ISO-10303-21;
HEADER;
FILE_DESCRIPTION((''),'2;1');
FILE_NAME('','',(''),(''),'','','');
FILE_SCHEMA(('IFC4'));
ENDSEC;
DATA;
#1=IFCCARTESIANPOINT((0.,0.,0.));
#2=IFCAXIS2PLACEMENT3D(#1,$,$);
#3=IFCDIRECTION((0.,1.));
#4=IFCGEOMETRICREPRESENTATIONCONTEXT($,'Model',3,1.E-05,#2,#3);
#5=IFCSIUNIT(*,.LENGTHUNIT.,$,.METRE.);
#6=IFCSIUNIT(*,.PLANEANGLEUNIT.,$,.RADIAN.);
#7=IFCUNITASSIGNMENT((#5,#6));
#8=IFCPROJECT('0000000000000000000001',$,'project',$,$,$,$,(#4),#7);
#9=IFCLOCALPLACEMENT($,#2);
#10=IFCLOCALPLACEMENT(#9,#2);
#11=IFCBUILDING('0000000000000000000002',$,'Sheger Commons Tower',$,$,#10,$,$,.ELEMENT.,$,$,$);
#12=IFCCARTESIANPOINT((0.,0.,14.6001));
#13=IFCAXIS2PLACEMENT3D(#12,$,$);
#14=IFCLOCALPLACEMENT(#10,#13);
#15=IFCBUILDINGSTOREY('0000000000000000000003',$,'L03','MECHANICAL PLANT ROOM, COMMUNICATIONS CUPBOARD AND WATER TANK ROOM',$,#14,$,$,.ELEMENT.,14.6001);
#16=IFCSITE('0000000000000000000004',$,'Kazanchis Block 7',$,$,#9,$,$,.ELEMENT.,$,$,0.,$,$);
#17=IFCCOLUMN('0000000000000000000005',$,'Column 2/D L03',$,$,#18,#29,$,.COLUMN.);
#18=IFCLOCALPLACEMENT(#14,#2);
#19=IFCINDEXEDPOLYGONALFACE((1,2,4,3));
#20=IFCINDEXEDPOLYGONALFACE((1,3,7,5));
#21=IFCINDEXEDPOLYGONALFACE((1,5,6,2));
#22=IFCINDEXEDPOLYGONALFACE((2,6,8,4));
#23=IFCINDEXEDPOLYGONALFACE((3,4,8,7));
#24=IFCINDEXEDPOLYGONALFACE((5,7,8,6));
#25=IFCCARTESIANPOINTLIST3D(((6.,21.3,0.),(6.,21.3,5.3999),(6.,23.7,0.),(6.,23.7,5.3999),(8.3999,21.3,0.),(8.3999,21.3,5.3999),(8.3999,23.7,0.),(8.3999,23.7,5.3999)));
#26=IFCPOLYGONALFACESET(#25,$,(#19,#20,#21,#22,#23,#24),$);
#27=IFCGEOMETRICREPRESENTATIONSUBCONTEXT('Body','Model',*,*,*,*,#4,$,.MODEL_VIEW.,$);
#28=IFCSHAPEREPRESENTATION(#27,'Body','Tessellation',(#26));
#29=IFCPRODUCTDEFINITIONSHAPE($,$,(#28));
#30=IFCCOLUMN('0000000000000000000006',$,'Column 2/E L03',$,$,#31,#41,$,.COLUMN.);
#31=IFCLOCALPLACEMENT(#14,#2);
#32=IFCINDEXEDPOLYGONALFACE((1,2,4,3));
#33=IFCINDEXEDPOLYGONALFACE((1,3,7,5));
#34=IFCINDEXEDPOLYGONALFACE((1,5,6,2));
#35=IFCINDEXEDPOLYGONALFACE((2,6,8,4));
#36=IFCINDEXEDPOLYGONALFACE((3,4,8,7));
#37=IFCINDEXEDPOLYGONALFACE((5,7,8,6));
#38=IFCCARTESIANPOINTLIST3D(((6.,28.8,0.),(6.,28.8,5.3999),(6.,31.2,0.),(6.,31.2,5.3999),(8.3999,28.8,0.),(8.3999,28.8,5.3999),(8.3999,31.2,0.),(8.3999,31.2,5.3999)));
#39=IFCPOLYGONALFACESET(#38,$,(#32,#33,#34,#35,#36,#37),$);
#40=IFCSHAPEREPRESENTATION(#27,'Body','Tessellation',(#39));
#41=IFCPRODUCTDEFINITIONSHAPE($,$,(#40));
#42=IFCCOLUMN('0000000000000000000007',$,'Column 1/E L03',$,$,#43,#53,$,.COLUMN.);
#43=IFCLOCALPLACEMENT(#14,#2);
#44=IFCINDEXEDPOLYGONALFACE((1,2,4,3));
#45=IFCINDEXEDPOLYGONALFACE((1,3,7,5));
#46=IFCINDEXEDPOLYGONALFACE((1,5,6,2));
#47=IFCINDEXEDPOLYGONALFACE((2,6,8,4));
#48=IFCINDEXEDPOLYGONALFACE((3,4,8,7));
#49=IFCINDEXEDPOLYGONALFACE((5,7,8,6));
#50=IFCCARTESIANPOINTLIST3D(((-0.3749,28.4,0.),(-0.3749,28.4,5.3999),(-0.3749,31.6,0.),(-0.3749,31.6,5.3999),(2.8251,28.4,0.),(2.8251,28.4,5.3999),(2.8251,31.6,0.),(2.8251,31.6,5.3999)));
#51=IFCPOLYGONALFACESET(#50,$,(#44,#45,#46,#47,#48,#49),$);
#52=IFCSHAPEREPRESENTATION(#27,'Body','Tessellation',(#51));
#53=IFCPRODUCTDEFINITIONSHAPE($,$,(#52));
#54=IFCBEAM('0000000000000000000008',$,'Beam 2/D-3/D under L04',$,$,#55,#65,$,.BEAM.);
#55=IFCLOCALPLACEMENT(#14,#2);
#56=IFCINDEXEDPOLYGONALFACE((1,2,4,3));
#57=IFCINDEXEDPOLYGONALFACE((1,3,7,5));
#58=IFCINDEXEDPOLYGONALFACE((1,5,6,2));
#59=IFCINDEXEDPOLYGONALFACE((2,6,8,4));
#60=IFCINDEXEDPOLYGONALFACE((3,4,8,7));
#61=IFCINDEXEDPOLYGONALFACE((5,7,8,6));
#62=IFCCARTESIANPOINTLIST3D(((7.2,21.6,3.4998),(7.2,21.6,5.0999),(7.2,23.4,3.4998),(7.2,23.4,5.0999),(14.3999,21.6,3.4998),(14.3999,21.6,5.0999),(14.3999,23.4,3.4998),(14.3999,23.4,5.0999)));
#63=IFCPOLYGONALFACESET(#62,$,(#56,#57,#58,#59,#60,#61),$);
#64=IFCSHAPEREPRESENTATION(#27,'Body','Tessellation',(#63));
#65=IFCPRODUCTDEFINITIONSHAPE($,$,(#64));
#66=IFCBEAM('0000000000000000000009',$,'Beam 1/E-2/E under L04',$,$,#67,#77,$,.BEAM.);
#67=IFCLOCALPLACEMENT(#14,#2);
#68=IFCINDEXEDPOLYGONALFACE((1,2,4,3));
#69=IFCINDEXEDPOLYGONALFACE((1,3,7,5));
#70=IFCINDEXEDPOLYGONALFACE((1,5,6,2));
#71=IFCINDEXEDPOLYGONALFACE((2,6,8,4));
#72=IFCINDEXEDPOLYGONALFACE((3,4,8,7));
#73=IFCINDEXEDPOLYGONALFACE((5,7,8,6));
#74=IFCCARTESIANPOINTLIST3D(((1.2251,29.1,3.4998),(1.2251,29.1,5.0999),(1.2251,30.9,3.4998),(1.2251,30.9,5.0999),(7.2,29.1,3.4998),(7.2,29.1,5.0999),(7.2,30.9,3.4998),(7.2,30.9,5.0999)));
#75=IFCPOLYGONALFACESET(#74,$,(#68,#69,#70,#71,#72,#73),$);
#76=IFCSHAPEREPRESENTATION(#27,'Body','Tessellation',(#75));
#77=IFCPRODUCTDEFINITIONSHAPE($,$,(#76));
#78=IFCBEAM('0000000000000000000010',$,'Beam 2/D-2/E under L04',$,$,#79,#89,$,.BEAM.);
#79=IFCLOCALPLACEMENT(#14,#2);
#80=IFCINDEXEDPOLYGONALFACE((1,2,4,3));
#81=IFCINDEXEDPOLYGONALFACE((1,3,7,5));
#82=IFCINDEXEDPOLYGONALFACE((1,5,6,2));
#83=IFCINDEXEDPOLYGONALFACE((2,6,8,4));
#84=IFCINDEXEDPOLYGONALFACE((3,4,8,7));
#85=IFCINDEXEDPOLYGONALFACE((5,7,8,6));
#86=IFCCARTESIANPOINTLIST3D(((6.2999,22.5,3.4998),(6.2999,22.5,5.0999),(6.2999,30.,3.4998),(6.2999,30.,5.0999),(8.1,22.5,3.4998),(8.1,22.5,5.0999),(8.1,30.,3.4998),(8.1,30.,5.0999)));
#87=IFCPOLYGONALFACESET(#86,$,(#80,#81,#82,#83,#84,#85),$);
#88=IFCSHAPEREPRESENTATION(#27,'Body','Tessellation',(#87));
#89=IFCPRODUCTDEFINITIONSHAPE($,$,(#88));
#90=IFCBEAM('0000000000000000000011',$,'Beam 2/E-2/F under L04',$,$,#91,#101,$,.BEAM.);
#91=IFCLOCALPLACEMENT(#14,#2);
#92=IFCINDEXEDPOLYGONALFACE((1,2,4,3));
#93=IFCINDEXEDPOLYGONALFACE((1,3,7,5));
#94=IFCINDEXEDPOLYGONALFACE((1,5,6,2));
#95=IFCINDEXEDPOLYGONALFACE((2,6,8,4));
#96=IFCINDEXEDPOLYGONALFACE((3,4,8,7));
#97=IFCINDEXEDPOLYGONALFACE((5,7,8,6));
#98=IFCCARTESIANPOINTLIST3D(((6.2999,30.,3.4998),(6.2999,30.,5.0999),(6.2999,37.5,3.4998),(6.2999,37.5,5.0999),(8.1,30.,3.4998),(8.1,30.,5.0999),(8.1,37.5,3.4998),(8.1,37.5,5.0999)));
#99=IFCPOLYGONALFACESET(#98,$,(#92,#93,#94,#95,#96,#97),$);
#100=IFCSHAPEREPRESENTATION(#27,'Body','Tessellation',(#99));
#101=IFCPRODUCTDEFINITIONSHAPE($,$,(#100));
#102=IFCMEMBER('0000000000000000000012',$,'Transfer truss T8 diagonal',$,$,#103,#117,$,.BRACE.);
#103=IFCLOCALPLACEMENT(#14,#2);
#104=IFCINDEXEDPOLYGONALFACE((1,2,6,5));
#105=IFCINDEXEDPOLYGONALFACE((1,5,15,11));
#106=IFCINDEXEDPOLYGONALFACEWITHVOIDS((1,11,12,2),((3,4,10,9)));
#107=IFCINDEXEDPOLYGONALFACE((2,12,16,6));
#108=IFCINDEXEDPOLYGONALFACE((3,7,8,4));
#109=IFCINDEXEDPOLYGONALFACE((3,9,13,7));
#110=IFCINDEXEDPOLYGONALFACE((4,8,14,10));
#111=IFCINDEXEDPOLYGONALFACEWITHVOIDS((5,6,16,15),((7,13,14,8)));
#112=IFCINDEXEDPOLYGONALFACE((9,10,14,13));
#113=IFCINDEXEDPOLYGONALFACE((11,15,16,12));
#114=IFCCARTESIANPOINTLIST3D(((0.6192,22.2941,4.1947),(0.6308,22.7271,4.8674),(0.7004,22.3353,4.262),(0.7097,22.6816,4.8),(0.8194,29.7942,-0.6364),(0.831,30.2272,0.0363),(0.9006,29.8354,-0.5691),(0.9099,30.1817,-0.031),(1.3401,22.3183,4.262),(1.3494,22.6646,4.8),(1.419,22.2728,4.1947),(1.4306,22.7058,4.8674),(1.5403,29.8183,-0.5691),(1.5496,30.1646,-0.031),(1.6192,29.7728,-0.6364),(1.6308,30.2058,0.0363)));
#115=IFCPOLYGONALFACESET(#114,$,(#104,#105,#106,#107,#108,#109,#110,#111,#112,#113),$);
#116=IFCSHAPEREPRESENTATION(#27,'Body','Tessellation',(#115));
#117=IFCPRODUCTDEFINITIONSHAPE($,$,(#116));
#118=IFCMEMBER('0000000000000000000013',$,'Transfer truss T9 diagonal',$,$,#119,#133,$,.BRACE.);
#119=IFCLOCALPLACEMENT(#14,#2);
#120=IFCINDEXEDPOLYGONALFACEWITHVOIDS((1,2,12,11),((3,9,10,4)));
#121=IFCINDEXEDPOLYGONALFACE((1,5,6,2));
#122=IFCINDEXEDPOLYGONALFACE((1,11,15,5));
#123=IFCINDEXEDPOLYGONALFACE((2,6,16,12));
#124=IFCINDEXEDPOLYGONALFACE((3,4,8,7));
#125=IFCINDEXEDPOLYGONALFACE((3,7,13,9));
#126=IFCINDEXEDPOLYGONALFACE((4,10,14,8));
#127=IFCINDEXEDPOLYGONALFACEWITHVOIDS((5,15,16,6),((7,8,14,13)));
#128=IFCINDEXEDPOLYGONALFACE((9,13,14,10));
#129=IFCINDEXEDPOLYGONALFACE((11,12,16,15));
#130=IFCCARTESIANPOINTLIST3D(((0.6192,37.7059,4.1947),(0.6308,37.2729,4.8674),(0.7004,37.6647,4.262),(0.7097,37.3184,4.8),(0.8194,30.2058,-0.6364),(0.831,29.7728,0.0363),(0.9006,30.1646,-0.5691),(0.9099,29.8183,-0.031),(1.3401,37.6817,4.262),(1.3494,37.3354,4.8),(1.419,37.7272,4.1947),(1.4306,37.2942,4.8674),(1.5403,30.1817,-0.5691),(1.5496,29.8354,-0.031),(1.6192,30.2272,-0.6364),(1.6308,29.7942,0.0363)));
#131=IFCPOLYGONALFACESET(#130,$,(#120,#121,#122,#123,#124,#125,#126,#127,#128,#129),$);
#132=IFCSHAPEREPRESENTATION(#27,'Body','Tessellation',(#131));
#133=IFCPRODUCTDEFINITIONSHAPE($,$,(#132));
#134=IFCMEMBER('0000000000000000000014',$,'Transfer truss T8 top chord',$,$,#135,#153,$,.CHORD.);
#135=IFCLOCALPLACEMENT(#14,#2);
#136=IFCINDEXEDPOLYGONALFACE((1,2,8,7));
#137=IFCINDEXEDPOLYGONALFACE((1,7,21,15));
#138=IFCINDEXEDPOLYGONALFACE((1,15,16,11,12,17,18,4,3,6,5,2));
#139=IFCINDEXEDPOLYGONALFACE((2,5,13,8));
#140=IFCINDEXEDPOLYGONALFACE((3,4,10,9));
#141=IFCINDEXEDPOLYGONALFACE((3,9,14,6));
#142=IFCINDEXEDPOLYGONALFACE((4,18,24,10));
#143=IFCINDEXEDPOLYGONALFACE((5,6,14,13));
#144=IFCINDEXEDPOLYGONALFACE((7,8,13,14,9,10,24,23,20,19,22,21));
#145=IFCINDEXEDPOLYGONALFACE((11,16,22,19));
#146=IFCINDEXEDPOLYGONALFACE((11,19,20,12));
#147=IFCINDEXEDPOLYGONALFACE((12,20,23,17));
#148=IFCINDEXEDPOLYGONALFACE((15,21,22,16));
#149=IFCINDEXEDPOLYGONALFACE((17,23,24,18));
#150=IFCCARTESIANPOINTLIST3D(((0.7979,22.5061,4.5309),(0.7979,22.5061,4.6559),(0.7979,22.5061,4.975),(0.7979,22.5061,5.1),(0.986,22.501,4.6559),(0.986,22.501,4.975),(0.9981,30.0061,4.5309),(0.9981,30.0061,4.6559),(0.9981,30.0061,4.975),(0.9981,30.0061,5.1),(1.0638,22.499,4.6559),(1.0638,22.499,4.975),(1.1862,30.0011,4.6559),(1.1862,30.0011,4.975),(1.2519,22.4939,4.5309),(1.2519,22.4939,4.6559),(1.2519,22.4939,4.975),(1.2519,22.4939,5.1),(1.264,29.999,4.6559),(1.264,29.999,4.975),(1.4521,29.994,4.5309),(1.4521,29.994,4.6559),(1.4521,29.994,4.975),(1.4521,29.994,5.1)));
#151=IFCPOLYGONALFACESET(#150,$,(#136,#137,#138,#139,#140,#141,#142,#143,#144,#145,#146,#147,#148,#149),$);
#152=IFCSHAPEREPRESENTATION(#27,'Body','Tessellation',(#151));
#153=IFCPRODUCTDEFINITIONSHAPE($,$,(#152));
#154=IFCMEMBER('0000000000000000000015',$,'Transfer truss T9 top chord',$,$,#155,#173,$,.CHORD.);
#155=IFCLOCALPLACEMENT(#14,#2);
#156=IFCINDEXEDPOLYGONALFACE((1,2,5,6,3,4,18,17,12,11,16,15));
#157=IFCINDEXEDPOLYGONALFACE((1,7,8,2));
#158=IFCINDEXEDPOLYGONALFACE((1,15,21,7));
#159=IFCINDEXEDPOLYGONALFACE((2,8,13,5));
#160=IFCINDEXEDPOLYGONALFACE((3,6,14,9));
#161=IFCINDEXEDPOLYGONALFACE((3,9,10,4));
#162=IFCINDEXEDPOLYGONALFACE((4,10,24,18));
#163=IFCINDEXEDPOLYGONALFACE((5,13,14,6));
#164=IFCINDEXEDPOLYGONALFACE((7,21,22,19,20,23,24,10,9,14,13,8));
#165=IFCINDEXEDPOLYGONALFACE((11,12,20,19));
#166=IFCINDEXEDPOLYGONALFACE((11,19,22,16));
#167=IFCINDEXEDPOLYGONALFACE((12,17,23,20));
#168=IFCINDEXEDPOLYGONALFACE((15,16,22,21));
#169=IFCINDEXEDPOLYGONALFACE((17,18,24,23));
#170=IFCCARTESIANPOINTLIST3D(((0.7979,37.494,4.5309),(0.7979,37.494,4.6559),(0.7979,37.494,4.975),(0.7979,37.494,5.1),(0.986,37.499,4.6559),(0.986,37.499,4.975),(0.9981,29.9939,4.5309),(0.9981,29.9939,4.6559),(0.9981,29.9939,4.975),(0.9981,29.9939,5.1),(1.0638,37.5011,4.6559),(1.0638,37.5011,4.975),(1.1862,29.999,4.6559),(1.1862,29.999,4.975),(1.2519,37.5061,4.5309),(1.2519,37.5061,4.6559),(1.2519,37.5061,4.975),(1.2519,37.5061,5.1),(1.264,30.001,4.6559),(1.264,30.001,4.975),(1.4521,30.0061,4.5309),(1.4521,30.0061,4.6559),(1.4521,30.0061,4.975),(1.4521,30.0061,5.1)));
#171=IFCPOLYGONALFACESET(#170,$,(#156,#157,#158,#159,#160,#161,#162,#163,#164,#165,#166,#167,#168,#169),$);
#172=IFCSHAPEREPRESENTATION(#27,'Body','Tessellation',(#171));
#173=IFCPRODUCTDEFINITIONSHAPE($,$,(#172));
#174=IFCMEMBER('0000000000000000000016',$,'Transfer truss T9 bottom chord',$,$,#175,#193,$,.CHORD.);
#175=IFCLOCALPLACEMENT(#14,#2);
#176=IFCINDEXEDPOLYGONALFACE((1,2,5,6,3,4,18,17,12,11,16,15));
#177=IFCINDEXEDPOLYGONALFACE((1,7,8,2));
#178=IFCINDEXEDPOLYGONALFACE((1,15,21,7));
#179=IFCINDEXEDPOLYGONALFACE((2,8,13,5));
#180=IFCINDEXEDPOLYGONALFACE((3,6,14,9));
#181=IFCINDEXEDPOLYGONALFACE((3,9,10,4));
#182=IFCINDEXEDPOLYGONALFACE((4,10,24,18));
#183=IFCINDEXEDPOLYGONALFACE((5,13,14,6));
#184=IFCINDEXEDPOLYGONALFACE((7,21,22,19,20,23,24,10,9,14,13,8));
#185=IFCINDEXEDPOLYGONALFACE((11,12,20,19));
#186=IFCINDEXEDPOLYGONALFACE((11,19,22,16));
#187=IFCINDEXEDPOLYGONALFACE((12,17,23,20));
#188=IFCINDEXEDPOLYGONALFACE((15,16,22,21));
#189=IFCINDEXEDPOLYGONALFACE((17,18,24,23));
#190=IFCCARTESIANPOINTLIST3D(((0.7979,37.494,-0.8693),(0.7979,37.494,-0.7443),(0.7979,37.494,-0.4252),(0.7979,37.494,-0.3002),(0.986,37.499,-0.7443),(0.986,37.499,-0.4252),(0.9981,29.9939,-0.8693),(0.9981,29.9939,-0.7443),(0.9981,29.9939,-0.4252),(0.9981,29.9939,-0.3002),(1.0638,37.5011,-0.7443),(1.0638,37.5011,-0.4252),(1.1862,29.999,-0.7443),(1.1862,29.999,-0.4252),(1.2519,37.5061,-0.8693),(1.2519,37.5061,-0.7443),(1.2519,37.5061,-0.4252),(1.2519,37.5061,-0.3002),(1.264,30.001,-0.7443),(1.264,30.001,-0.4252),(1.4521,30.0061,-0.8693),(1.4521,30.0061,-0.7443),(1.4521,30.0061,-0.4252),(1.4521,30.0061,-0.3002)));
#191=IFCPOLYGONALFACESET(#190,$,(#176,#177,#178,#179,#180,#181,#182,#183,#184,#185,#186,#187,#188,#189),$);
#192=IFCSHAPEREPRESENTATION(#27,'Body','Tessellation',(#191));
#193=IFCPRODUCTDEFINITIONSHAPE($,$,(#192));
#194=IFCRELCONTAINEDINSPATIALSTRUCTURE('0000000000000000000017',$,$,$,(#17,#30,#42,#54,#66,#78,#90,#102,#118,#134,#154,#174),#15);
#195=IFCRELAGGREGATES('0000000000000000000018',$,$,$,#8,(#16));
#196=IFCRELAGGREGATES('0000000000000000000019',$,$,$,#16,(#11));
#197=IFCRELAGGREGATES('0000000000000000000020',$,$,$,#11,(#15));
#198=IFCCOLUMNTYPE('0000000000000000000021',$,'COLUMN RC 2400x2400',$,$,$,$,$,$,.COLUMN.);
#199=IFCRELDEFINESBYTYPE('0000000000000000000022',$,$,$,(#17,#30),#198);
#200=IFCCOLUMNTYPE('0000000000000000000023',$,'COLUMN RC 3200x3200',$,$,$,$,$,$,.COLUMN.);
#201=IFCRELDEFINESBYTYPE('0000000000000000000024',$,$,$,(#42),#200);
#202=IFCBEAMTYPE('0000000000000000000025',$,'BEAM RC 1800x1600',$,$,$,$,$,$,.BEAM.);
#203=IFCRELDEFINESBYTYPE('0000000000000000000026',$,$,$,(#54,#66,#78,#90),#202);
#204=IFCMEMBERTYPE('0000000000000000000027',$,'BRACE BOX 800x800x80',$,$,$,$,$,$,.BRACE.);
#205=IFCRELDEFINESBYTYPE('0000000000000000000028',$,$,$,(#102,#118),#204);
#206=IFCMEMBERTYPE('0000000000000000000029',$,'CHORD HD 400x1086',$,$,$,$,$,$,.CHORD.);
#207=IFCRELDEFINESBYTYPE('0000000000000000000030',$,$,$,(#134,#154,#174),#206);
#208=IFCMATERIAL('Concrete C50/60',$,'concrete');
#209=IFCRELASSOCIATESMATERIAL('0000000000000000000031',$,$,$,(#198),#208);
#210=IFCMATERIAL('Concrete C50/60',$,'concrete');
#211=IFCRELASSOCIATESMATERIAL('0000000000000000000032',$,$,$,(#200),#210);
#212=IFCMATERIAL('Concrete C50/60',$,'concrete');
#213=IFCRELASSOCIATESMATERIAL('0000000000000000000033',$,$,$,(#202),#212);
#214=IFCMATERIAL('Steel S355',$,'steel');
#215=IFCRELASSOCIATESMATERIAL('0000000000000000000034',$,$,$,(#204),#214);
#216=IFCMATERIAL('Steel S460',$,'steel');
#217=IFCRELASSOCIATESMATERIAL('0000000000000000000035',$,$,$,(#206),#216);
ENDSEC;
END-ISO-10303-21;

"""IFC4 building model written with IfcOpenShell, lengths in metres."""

from ifc_helpers import new_model, si_unit, direction, frame, origin, origin_2d, place, context, subcontext, project, spatial, rectangle, hollow_rectangle, i_section, extrude, material, material_profile, profile_set, type_object, element, save


model = new_model("IFC4")

# Units and contexts
model_context = context("Model", 3, precision=1e-05, world=origin(), true_north=direction((0.0, 1.0)))
body_context = subcontext(model_context, "Body", "Model", "MODEL_VIEW")
ifc_project = project(units=[si_unit("LENGTHUNIT", "METRE"), si_unit("PLANEANGLEUNIT", "RADIAN")], contexts=[model_context])

# Site, building, storey
site_placement = place(None, origin())
site = spatial("IfcSite", under=ifc_project, at=site_placement, Name="Kazanchis Block 7", CompositionType="ELEMENT", RefElevation=0.0)
building_placement = place(site_placement, origin())
building = spatial("IfcBuilding", under=site, at=building_placement, Name="Sheger Commons Tower", CompositionType="ELEMENT")
storey_placement = place(building_placement, frame((0.0, 0.0, 14.6001)))
storey = spatial("IfcBuildingStorey", under=building, at=storey_placement, Name="L03", Description="MECHANICAL PLANT ROOM, COMMUNICATIONS CUPBOARD AND WATER TANK ROOM", CompositionType="ELEMENT", Elevation=14.6001)

# Columns
ifc_material_1 = material(Name="Concrete C50/60", Category="concrete")
ifc_material_profile_1 = material_profile(ifc_material_1, rectangle(XDim=2.3999, YDim=2.3999, at=origin_2d()), Name="RC 2400x2400")
ifc_profile_set_1 = profile_set([ifc_material_profile_1], Name="Concrete C50/60")
column_type_1 = type_object("IfcColumnType", Name="COLUMN RC 2400x2400", PredefinedType="COLUMN", material=ifc_profile_set_1)
for number, where, z_axis, x_axis, name in (
    (1, (7.2, 22.5, 0.0), (0.0, 0.0, 1.0), (1.0, 0.0, 0.0), "Column 2/D L03"),
    (2, (7.2, 30.0, 0.0), (0.0, 0.0, 1.0), (1.0, 0.0, 0.0), "Column 2/E L03"),
):
    element("IfcColumn", number, at=place(storey_placement, frame(where, z_axis=z_axis, x_axis=x_axis)), inside=storey, type_object=column_type_1, Name=name, PredefinedType="COLUMN", context=body_context, shape_type="SweptSolid", body=[
        extrude(rectangle(XDim=2.3999, YDim=2.3999, at=origin_2d()), origin(), (0.0, 0.0, 1.0), 5.3999),
    ])
ifc_material_2 = material(Name="Concrete C50/60", Category="concrete")
ifc_material_profile_2 = material_profile(ifc_material_2, rectangle(XDim=3.2, YDim=3.2, at=origin_2d()), Name="RC 3200x3200")
ifc_profile_set_2 = profile_set([ifc_material_profile_2], Name="Concrete C50/60")
column_type_2 = type_object("IfcColumnType", Name="COLUMN RC 3200x3200", PredefinedType="COLUMN", material=ifc_profile_set_2)
column_placement = place(storey_placement, frame((1.2251, 30.0, 0.0), z_axis=(0.0, 0.0, 1.0), x_axis=(1.0, 0.0, 0.0)))
element("IfcColumn", 3, at=column_placement, inside=storey, type_object=column_type_2, Name="Column 1/E L03", PredefinedType="COLUMN", context=body_context, shape_type="SweptSolid", body=[
    extrude(rectangle(XDim=3.2, YDim=3.2, at=origin_2d()), origin(), (0.0, 0.0, 1.0), 5.3999),
])

# Beams
ifc_material_3 = material(Name="Concrete C50/60", Category="concrete")
ifc_material_profile_3 = material_profile(ifc_material_3, rectangle(XDim=1.8, YDim=1.6001, at=origin_2d()), Name="RC 1800x1600")
ifc_profile_set_3 = profile_set([ifc_material_profile_3], Name="Concrete C50/60")
beam_type = type_object("IfcBeamType", Name="BEAM RC 1800x1600", PredefinedType="BEAM", material=ifc_profile_set_3)
beam_1_placement = place(storey_placement, frame((7.2, 22.5, 4.2998), z_axis=(1.0, 0.0, 0.0), x_axis=(0.0, 1.0, 0.0)))
element("IfcBeam", 4, at=beam_1_placement, inside=storey, type_object=beam_type, Name="Beam 2/D-3/D under L04", PredefinedType="BEAM", context=body_context, shape_type="SweptSolid", body=[
    extrude(rectangle(XDim=1.8, YDim=1.6001, at=origin_2d()), origin(), (0.0, 0.0, 1.0), 7.2),
])
beam_2_placement = place(storey_placement, frame((1.2251, 30.0, 4.2998), z_axis=(1.0, 0.0, 0.0), x_axis=(0.0, 1.0, 0.0)))
element("IfcBeam", 5, at=beam_2_placement, inside=storey, type_object=beam_type, Name="Beam 1/E-2/E under L04", PredefinedType="BEAM", context=body_context, shape_type="SweptSolid", body=[
    extrude(rectangle(XDim=1.8, YDim=1.6001, at=origin_2d()), origin(), (0.0, 0.0, 1.0), 5.9749),
])
for number, where, z_axis, x_axis, name in (
    (6, (7.2, 22.5, 4.2998), (0.0, 1.0, 0.0), (-1.0, 0.0, 0.0), "Beam 2/D-2/E under L04"),
    (7, (7.2, 30.0, 4.2998), (0.0, 1.0, 0.0), (-1.0, 0.0, 0.0), "Beam 2/E-2/F under L04"),
):
    element("IfcBeam", number, at=place(storey_placement, frame(where, z_axis=z_axis, x_axis=x_axis)), inside=storey, type_object=beam_type, Name=name, PredefinedType="BEAM", context=body_context, shape_type="SweptSolid", body=[
        extrude(rectangle(XDim=1.8, YDim=1.6001, at=origin_2d()), origin(), (0.0, 0.0, 1.0), 7.5),
    ])

# Members
ifc_material_4 = material(Name="Steel S355", Category="steel")
ifc_material_profile_4 = material_profile(ifc_material_4, hollow_rectangle(XDim=0.8, YDim=0.8, WallThickness=0.0801, at=origin_2d()), Name="BOX 800x800x80")
ifc_profile_set_4 = profile_set([ifc_material_profile_4], Name="Steel S355")
member_type_1 = type_object("IfcMemberType", Name="BRACE BOX 800x800x80", PredefinedType="BRACE", material=ifc_profile_set_4)
for number, where, z_axis, x_axis, name in (
    (8, (1.2251, 30.0, -0.3), (-0.022435, -0.840476, 0.541385), (0.999644, -0.026683, 0.0), "Transfer truss T8 diagonal"),
    (9, (1.2251, 30.0, -0.3), (-0.022435, 0.840476, 0.541385), (-0.999644, -0.026683, 0.0), "Transfer truss T9 diagonal"),
):
    element("IfcMember", number, at=place(storey_placement, frame(where, z_axis=z_axis, x_axis=x_axis)), inside=storey, type_object=member_type_1, Name=name, PredefinedType="BRACE", context=body_context, shape_type="SweptSolid", body=[
        extrude(hollow_rectangle(XDim=0.8, YDim=0.8, WallThickness=0.0801, at=origin_2d()), origin(), (0.0, 0.0, 1.0), 8.9236),
    ])
ifc_material_5 = material(Name="Steel S460", Category="steel")
ifc_material_profile_5 = material_profile(ifc_material_5, i_section(OverallWidth=0.4541, OverallDepth=0.5691, WebThickness=0.0779, FlangeThickness=0.125, at=origin_2d()), Name="HD 400x1086")
ifc_profile_set_5 = profile_set([ifc_material_profile_5], Name="Steel S460")
member_type_2 = type_object("IfcMemberType", Name="CHORD HD 400x1086", PredefinedType="CHORD", material=ifc_profile_set_5)
for number, where, z_axis, x_axis, name in (
    (10, (1.0249, 22.5, 4.8154), (0.026683, 0.999644, 0.0), (-0.999644, 0.026683, 0.0), "Transfer truss T8 top chord"),
    (11, (1.2251, 30.0, 4.8154), (-0.026683, 0.999644, 0.0), (-0.999644, -0.026683, 0.0), "Transfer truss T9 top chord"),
    (12, (1.2251, 30.0, -0.5847), (-0.026683, 0.999644, 0.0), (-0.999644, -0.026683, 0.0), "Transfer truss T9 bottom chord"),
):
    element("IfcMember", number, at=place(storey_placement, frame(where, z_axis=z_axis, x_axis=x_axis)), inside=storey, type_object=member_type_2, Name=name, PredefinedType="CHORD", context=body_context, shape_type="SweptSolid", body=[
        extrude(i_section(OverallWidth=0.4541, OverallDepth=0.5691, WebThickness=0.0779, FlangeThickness=0.125, at=origin_2d()), origin(), (0.0, 0.0, 1.0), 7.5027),
    ])

save(model, "model.ifc")
